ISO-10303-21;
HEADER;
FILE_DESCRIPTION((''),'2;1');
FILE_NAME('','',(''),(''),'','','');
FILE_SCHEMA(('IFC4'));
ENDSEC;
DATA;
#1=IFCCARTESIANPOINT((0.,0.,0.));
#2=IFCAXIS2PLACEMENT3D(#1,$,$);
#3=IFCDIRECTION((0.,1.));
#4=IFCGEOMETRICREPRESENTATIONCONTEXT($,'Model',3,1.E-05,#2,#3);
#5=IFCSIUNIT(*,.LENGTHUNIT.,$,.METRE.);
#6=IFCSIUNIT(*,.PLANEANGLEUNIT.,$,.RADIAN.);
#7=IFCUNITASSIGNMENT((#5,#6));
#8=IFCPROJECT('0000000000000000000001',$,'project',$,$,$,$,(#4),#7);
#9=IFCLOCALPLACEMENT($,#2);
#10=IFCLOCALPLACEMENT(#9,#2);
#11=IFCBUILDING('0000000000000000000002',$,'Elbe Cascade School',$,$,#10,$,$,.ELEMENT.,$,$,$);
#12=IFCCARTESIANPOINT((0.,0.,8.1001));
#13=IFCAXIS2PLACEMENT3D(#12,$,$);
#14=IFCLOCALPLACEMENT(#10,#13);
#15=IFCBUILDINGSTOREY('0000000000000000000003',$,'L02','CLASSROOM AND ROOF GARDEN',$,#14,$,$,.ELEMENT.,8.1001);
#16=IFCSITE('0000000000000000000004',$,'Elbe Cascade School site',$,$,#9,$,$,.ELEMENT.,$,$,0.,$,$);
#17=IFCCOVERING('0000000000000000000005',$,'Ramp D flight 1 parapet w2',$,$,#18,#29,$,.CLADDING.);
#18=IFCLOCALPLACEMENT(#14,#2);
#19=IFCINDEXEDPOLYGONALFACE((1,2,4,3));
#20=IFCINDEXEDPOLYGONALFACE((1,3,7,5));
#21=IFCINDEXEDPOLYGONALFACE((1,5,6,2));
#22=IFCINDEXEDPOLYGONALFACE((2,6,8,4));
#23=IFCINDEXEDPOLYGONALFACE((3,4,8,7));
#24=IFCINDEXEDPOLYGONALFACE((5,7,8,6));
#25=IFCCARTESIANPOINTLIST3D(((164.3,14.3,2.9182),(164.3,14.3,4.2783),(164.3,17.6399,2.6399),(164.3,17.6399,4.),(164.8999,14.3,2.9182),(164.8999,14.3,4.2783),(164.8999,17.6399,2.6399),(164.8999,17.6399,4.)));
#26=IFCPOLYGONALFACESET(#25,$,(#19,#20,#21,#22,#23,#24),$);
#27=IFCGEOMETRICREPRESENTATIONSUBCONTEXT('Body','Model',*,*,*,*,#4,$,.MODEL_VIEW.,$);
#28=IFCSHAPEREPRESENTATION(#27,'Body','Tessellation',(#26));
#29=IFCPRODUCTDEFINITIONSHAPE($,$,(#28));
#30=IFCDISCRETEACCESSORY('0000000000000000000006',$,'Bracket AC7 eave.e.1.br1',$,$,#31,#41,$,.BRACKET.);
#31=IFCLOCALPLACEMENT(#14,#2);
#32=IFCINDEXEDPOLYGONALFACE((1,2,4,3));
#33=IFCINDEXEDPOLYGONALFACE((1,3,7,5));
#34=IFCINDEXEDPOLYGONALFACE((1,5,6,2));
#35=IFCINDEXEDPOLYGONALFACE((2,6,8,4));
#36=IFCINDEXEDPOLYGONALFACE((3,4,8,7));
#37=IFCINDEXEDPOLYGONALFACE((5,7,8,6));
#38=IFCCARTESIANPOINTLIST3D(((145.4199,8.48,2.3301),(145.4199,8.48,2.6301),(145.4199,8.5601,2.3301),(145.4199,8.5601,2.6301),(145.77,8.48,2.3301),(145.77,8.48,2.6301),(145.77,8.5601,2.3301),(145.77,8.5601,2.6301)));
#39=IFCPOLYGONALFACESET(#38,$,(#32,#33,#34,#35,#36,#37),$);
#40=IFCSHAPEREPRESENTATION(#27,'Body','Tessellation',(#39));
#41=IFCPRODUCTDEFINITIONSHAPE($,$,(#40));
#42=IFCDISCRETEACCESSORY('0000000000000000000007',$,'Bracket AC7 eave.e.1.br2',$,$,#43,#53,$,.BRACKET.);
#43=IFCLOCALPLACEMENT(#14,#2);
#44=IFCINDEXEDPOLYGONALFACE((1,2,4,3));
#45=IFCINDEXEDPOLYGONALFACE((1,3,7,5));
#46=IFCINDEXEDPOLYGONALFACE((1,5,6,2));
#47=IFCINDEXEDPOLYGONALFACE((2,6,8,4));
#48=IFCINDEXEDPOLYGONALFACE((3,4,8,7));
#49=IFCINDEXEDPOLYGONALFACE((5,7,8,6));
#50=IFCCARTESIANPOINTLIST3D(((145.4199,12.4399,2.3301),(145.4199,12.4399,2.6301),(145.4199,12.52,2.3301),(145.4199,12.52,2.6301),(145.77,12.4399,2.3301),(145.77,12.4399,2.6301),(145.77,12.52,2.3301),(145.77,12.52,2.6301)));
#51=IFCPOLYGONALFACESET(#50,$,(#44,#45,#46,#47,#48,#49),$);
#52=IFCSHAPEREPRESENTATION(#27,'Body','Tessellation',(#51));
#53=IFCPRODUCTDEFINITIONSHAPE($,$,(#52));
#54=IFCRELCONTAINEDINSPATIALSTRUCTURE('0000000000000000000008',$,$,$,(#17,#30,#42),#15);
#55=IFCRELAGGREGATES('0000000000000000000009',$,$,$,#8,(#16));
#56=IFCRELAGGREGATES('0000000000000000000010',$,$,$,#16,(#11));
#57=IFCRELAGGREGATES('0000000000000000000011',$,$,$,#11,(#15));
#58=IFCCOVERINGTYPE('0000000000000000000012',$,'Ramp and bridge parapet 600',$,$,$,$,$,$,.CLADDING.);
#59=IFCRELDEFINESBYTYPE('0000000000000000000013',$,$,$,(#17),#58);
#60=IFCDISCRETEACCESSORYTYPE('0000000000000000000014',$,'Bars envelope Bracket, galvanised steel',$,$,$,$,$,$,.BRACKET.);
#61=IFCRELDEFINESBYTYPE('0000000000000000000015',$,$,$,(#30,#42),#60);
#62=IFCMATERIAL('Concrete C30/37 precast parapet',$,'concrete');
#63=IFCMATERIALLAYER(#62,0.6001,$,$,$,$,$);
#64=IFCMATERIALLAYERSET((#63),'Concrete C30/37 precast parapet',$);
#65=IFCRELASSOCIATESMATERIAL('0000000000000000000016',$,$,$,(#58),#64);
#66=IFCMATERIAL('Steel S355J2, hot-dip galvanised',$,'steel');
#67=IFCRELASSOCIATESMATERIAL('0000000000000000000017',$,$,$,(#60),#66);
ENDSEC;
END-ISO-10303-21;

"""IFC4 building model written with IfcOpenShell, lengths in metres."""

from ifc_helpers import new_model, si_unit, direction, frame, origin, origin_2d, place, context, subcontext, project, spatial, polyline, rectangle, outline, extrude, material, layer, layer_set, type_object, element, save


model = new_model("IFC4")

# Units and contexts
model_context = context("Model", 3, precision=1e-05, world=origin(), true_north=direction((0.0, 1.0)))
body_context = subcontext(model_context, "Body", "Model", "MODEL_VIEW")
ifc_project = project(units=[si_unit("LENGTHUNIT", "METRE"), si_unit("PLANEANGLEUNIT", "RADIAN")], contexts=[model_context])

# Site, building, storey
site_placement = place(None, origin())
site = spatial("IfcSite", under=ifc_project, at=site_placement, Name="Elbe Cascade School site", CompositionType="ELEMENT", RefElevation=0.0)
building_placement = place(site_placement, origin())
building = spatial("IfcBuilding", under=site, at=building_placement, Name="Elbe Cascade School", CompositionType="ELEMENT")
storey_placement = place(building_placement, frame((0.0, 0.0, 8.1001)))
storey = spatial("IfcBuildingStorey", under=building, at=storey_placement, Name="L02", Description="CLASSROOM AND ROOF GARDEN", CompositionType="ELEMENT", Elevation=8.1001)

# Covering
ifc_material_1 = material(Name="Concrete C30/37 precast parapet", Category="concrete")
ifc_layer_1 = layer(ifc_material_1, 0.6001)
ifc_layer_set_1 = layer_set([ifc_layer_1], Name="Concrete C30/37 precast parapet")
covering_type = type_object("IfcCoveringType", Name="Ramp and bridge parapet 600", PredefinedType="CLADDING", material=ifc_layer_set_1)
covering_placement = place(storey_placement, frame((164.3, 14.3, 4.2783), z_axis=(0.0, 0.083045, 0.996546), x_axis=(0.0, 0.996546, -0.083045)))
element("IfcCovering", 1, at=covering_placement, inside=storey, type_object=covering_type, Name="Ramp D flight 1 parapet w2", PredefinedType="CLADDING", context=body_context, shape_type="SweptSolid", body=[
    extrude(outline(polyline([(0.0, 0.0), (3.3514, 0.0), (3.3514, -0.5999), (0.0, -0.5999), (0.0, 0.0)])), origin(), (0.083045, 0.0, -0.996546), 1.3601),
])

# Discrete accessories
ifc_material_2 = material(Name="Steel S355J2, hot-dip galvanised", Category="steel")
discrete_accessory_type = type_object("IfcDiscreteAccessoryType", Name="Bars envelope Bracket, galvanised steel", PredefinedType="BRACKET", material=ifc_material_2)
for number, where, z_axis, x_axis, name in (
    (2, (145.595, 8.52, 2.3301), (0.0, 0.0, 1.0), (0.0, 1.0, 0.0), "Bracket AC7 eave.e.1.br1"),
    (3, (145.595, 12.48, 2.3301), (0.0, 0.0, 1.0), (0.0, 1.0, 0.0), "Bracket AC7 eave.e.1.br2"),
):
    element("IfcDiscreteAccessory", number, at=place(storey_placement, frame(where, z_axis=z_axis, x_axis=x_axis)), inside=storey, type_object=discrete_accessory_type, Name=name, PredefinedType="BRACKET", context=body_context, shape_type="SweptSolid", body=[
        extrude(rectangle(XDim=0.0801, YDim=0.3501, at=origin_2d()), origin(), (0.0, 0.0, 1.0), 0.3),
    ])

save(model, "model.ifc")
